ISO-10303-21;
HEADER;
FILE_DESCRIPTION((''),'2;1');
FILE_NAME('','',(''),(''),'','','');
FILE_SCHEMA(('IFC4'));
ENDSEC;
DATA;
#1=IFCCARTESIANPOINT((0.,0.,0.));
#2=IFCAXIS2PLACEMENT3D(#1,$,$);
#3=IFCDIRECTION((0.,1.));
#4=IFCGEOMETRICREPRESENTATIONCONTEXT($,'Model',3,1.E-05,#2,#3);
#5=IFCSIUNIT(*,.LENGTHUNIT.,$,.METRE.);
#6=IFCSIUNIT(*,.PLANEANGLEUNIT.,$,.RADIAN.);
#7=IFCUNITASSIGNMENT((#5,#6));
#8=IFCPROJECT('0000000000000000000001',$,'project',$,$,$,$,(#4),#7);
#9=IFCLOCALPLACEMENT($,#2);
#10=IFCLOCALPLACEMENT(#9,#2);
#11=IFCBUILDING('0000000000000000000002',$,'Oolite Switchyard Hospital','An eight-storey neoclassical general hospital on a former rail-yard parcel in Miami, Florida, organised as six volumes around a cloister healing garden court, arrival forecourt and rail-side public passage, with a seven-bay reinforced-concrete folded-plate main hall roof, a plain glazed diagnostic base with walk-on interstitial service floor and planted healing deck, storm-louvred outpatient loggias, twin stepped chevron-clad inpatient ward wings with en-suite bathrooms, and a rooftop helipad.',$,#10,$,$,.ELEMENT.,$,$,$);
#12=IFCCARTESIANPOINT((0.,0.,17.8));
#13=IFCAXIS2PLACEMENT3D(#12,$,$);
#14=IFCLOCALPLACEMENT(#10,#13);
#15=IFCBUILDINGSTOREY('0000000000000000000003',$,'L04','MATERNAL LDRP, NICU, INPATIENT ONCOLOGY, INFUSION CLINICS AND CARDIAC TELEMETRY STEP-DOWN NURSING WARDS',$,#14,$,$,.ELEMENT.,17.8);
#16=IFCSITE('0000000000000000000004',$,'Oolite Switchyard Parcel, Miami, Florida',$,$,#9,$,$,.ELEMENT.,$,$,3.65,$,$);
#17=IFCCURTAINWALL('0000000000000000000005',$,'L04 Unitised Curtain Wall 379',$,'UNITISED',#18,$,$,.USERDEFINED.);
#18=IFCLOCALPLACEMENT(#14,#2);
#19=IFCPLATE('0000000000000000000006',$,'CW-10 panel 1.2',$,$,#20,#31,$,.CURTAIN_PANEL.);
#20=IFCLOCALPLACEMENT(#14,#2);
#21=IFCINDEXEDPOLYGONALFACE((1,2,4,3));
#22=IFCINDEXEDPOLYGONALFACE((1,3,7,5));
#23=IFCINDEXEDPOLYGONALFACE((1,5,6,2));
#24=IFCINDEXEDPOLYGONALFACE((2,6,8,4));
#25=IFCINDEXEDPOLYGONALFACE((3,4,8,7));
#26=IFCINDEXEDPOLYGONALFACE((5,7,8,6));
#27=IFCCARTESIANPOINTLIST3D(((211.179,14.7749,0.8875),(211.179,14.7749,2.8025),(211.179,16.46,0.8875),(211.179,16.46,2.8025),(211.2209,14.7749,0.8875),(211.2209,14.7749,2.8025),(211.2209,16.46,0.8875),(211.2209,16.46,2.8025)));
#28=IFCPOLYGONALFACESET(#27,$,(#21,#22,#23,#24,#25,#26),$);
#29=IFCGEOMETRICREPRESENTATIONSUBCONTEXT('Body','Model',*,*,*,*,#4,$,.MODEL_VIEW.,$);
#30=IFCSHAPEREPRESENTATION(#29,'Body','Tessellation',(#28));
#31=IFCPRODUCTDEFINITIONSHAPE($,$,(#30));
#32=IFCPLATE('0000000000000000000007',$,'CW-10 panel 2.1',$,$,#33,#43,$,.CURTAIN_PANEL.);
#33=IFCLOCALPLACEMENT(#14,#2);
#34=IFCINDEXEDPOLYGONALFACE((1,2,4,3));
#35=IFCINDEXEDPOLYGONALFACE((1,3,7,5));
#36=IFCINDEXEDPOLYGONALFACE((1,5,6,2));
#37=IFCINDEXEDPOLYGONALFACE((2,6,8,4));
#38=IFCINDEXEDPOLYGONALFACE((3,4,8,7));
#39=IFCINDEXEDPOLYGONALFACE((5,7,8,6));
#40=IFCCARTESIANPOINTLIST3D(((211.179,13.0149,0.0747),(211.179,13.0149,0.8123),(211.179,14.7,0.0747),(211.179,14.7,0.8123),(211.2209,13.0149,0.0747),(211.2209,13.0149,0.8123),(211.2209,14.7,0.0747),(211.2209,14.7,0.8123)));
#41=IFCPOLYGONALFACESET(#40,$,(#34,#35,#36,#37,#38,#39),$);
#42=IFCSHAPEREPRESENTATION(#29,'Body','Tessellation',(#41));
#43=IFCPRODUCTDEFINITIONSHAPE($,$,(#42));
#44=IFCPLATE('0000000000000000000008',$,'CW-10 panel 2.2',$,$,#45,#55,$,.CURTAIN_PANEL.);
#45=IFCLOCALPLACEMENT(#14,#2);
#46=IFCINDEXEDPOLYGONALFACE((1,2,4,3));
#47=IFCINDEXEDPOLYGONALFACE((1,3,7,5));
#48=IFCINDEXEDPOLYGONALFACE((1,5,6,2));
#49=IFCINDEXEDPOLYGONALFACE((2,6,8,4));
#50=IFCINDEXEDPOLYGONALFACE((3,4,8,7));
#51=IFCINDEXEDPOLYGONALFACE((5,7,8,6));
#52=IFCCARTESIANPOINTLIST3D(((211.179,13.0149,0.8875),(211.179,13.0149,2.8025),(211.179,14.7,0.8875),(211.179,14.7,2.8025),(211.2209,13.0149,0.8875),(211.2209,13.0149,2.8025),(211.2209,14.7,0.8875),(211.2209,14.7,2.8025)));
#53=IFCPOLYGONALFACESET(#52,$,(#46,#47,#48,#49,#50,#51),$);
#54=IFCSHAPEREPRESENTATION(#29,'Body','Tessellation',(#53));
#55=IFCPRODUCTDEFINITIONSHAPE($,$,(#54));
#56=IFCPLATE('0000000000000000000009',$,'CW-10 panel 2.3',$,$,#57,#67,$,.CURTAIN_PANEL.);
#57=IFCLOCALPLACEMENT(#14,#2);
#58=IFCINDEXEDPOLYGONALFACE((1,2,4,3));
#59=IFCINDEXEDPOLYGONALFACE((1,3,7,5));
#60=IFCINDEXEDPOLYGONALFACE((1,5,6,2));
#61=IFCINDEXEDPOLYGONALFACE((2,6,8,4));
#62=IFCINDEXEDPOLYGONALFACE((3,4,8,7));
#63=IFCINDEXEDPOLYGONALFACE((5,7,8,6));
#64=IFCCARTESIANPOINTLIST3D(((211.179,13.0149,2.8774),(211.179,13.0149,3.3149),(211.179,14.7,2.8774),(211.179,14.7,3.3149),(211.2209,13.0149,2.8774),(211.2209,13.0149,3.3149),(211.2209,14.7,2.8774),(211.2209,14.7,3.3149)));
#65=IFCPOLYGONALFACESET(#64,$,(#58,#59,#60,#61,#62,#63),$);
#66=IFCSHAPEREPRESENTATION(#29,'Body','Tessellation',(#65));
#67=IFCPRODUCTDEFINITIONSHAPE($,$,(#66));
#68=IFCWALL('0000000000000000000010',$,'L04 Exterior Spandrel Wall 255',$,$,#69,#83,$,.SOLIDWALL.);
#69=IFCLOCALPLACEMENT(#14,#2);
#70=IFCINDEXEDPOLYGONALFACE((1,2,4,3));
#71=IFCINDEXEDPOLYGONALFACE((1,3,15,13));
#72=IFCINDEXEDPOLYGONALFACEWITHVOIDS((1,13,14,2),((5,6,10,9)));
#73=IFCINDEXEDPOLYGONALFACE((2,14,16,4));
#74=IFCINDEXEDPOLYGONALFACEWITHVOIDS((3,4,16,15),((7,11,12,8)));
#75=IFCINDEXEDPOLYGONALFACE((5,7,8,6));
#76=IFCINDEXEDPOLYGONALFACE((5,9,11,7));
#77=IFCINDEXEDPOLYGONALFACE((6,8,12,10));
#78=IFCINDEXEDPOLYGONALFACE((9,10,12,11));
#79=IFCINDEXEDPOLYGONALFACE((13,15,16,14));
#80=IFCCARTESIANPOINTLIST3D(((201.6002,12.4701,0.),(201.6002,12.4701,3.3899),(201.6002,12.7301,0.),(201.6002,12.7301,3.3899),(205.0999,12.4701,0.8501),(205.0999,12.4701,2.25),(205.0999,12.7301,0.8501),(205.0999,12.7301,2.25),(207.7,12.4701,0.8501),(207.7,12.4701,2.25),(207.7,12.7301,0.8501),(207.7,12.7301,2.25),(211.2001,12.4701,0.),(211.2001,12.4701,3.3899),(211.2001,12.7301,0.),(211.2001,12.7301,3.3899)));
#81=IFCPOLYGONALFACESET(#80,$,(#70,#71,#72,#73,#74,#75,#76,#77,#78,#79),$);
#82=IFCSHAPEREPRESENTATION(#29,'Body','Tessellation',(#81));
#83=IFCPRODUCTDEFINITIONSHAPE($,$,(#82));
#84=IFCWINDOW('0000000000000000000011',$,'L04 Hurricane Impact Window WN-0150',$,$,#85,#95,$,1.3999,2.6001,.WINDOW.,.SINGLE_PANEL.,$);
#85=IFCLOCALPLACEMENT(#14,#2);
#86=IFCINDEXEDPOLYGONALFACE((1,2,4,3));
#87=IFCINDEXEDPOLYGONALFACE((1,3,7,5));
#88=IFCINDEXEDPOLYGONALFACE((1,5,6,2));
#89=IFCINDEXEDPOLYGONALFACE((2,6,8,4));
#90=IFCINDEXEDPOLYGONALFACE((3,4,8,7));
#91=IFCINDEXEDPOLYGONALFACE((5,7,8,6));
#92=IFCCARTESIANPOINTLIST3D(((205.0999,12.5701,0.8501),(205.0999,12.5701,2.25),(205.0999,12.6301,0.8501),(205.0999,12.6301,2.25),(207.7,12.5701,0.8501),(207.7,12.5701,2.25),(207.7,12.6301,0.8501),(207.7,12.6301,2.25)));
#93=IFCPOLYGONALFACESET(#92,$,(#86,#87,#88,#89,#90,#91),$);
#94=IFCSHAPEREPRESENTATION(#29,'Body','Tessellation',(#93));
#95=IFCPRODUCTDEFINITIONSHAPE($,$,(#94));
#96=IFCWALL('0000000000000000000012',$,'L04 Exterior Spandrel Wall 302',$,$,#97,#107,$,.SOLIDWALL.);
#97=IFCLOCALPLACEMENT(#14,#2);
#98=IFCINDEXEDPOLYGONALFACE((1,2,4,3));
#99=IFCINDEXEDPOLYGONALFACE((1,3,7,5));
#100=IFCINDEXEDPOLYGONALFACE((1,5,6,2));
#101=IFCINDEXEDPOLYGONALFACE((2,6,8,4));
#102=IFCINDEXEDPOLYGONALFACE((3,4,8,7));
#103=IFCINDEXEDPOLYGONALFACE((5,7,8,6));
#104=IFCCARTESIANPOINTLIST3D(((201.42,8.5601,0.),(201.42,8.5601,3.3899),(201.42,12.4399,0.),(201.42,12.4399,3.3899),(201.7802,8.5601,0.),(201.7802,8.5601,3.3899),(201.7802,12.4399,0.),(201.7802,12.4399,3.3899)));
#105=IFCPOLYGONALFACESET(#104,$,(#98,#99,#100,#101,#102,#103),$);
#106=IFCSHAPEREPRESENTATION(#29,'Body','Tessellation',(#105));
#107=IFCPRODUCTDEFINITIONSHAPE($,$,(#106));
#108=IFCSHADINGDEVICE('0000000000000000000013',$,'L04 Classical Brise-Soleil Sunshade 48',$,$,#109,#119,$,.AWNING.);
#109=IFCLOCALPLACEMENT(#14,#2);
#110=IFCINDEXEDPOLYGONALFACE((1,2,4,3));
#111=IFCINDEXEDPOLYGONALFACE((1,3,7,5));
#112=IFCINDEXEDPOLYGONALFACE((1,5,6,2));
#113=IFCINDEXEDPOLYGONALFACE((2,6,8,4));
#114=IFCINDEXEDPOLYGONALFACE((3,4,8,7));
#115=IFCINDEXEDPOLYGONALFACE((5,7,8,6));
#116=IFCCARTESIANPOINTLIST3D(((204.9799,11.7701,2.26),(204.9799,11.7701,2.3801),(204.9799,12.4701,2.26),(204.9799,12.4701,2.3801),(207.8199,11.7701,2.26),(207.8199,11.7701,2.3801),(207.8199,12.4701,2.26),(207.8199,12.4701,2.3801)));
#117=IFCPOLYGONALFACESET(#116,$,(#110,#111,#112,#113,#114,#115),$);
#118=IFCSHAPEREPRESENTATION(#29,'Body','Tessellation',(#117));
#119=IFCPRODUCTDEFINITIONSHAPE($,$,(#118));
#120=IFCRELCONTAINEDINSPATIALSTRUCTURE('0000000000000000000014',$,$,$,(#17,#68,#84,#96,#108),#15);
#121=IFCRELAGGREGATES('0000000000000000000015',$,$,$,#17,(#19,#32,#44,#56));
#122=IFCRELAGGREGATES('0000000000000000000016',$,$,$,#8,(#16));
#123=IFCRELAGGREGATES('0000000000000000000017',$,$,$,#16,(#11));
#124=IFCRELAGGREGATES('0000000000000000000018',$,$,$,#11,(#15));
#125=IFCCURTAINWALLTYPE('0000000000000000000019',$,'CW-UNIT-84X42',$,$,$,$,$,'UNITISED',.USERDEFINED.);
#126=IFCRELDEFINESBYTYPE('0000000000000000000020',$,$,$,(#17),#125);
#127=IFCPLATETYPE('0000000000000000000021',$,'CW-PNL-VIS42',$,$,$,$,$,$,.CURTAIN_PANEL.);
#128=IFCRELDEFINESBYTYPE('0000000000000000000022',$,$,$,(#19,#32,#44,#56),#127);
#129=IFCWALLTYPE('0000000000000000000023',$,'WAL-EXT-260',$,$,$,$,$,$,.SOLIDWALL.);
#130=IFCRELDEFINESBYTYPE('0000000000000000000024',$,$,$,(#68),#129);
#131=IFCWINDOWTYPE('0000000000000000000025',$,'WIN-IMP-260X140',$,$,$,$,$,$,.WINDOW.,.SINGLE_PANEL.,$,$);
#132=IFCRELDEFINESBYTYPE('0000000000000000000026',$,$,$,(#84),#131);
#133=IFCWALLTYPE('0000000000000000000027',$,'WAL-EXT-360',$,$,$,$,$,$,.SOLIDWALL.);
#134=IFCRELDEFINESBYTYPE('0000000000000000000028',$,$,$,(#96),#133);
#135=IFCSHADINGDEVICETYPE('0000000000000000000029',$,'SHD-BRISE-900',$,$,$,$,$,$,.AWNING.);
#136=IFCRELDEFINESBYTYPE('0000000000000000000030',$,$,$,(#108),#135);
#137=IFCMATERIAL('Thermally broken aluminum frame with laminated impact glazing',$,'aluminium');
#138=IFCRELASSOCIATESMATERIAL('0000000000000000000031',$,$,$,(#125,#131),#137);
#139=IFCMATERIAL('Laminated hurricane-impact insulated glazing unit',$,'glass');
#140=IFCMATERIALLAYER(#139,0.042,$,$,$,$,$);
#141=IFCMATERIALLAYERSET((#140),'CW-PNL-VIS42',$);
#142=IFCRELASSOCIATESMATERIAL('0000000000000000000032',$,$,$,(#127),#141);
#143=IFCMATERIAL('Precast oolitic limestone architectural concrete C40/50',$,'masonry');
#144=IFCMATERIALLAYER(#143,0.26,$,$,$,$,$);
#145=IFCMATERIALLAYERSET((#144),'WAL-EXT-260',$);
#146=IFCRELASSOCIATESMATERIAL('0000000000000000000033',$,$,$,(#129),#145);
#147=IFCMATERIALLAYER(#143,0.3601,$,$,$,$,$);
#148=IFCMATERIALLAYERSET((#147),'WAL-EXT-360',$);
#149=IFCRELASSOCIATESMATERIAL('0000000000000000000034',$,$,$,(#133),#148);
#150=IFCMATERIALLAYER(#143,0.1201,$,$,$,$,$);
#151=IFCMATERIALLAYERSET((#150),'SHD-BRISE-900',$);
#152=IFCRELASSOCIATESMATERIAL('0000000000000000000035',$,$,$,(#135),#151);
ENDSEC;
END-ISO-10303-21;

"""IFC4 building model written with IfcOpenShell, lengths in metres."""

from ifc_helpers import new_model, si_unit, direction, frame, frame_2d, origin, origin_2d, place, context, subcontext, project, spatial, rectangle, extrude, material, layer, layer_set, type_object, element, fill, aggregate, save


model = new_model("IFC4")

# Units and contexts
model_context = context("Model", 3, precision=1e-05, world=origin(), true_north=direction((0.0, 1.0)))
body_context = subcontext(model_context, "Body", "Model", "MODEL_VIEW")
ifc_project = project(units=[si_unit("LENGTHUNIT", "METRE"), si_unit("PLANEANGLEUNIT", "RADIAN")], contexts=[model_context])

# Site, building, storey
site_placement = place(None, origin())
site = spatial("IfcSite", under=ifc_project, at=site_placement, Name="Oolite Switchyard Parcel, Miami, Florida", CompositionType="ELEMENT", RefElevation=3.65)
building_placement = place(site_placement, origin())
building = spatial("IfcBuilding", under=site, at=building_placement, Name="Oolite Switchyard Hospital", Description="An eight-storey neoclassical general hospital on a former rail-yard parcel in Miami, Florida, organised as six volumes around a cloister healing garden court, arrival forecourt and rail-side public passage, with a seven-bay reinforced-concrete folded-plate main hall roof, a plain glazed diagnostic base with walk-on interstitial service floor and planted healing deck, storm-louvred outpatient loggias, twin stepped chevron-clad inpatient ward wings with en-suite bathrooms, and a rooftop helipad.", CompositionType="ELEMENT")
storey_placement = place(building_placement, frame((0.0, 0.0, 17.8)))
storey = spatial("IfcBuildingStorey", under=building, at=storey_placement, Name="L04", Description="MATERNAL LDRP, NICU, INPATIENT ONCOLOGY, INFUSION CLINICS AND CARDIAC TELEMETRY STEP-DOWN NURSING WARDS", CompositionType="ELEMENT", Elevation=17.8)

# Shared definitions
ifc_material_1 = material(Name="Thermally broken aluminum frame with laminated impact glazing", Category="aluminium")
curtain_wall_type = type_object("IfcCurtainWallType", Name="CW-UNIT-84X42", ElementType="UNITISED", PredefinedType="USERDEFINED", material=ifc_material_1)

# Curtain wall
curtain_wall_1_placement = place(storey_placement, origin())
curtain_wall_1 = element("IfcCurtainWall", 1, at=curtain_wall_1_placement, inside=storey, type_object=curtain_wall_type, Name="L04 Unitised Curtain Wall 379", ObjectType="UNITISED", PredefinedType="USERDEFINED")

# Plates
ifc_material_2 = material(Name="Laminated hurricane-impact insulated glazing unit", Category="glass")
ifc_layer_1 = layer(ifc_material_2, 0.042)
ifc_layer_set_1 = layer_set([ifc_layer_1], Name="CW-PNL-VIS42")
plate_type = type_object("IfcPlateType", Name="CW-PNL-VIS42", PredefinedType="CURTAIN_PANEL", material=ifc_layer_set_1)
plate_1_placement = place(storey_placement, frame((211.2, 15.6174, 0.8875), z_axis=(0.0, 0.0, 1.0), x_axis=(0.0, -1.0, 0.0)))
plate_1 = element("IfcPlate", 2, at=plate_1_placement, type_object=plate_type, Name="CW-10 panel 1.2", PredefinedType="CURTAIN_PANEL", context=body_context, shape_type="SweptSolid", body=[
    extrude(rectangle(XDim=1.6851, YDim=0.042, at=origin_2d()), origin(), (0.0, 0.0, 1.0), 1.915),
])
plate_2_placement = place(storey_placement, frame((211.2, 13.8574, 0.0747), z_axis=(0.0, 0.0, 1.0), x_axis=(0.0, -1.0, 0.0)))
plate_2 = element("IfcPlate", 3, at=plate_2_placement, type_object=plate_type, Name="CW-10 panel 2.1", PredefinedType="CURTAIN_PANEL", context=body_context, shape_type="SweptSolid", body=[
    extrude(rectangle(XDim=1.6851, YDim=0.042, at=origin_2d()), origin(), (0.0, 0.0, 1.0), 0.7375),
])
plate_3_placement = place(storey_placement, frame((211.2, 13.8574, 0.8875), z_axis=(0.0, 0.0, 1.0), x_axis=(0.0, -1.0, 0.0)))
plate_3 = element("IfcPlate", 4, at=plate_3_placement, type_object=plate_type, Name="CW-10 panel 2.2", PredefinedType="CURTAIN_PANEL", context=body_context, shape_type="SweptSolid", body=[
    extrude(rectangle(XDim=1.6851, YDim=0.042, at=origin_2d()), origin(), (0.0, 0.0, 1.0), 1.915),
])
plate_4_placement = place(storey_placement, frame((211.2, 13.8574, 2.8774), z_axis=(0.0, 0.0, 1.0), x_axis=(0.0, -1.0, 0.0)))
plate_4 = element("IfcPlate", 5, at=plate_4_placement, type_object=plate_type, Name="CW-10 panel 2.3", PredefinedType="CURTAIN_PANEL", context=body_context, shape_type="SweptSolid", body=[
    extrude(rectangle(XDim=1.6851, YDim=0.042, at=origin_2d()), origin(), (0.0, 0.0, 1.0), 0.4375),
])
aggregate(curtain_wall_1, [plate_1, plate_2, plate_3, plate_4])

# Wall, opening, window
ifc_material_3 = material(Name="Precast oolitic limestone architectural concrete C40/50", Category="masonry")
ifc_layer_2 = layer(ifc_material_3, 0.26)
ifc_layer_set_2 = layer_set([ifc_layer_2], Name="WAL-EXT-260")
wall_type_1 = type_object("IfcWallType", Name="WAL-EXT-260", PredefinedType="SOLIDWALL", material=ifc_layer_set_2)
wall_1_placement = place(storey_placement, frame((211.2, 12.6001, 0.0), z_axis=(0.0, 0.0, 1.0), x_axis=(-1.0, 0.0, 0.0)))
wall_1 = element("IfcWall", 6, at=wall_1_placement, inside=storey, type_object=wall_type_1, Name="L04 Exterior Spandrel Wall 255", PredefinedType="SOLIDWALL", context=body_context, shape_type="SweptSolid", body=[
    extrude(rectangle(XDim=9.5999, YDim=0.26, at=frame_2d((4.7998, 0.0))), origin(), (0.0, 0.0, 1.0), 3.3899),
])
opening_placement = place(wall_1_placement, frame((3.5, 0.0, 0.8501)))
opening = element("IfcOpeningElement", 7, at=opening_placement, cuts=wall_1, PredefinedType="OPENING", context=body_context, shape_type="SweptSolid", body=[
    extrude(rectangle(XDim=2.6001, YDim=1.3999, at=frame_2d((1.3, 0.7))), frame((0.0, 0.1401, 0.0), z_axis=(0.0, -1.0, 0.0), x_axis=(1.0, 0.0, 0.0)), (0.0, 0.0, 1.0), 0.28),
])
window_type = type_object("IfcWindowType", Name="WIN-IMP-260X140", PartitioningType="SINGLE_PANEL", PredefinedType="WINDOW", material=ifc_material_1)
window_placement = place(opening_placement, origin())
window = element("IfcWindow", 8, at=window_placement, inside=storey, type_object=window_type, Name="L04 Hurricane Impact Window WN-0150", OverallHeight=1.3999, OverallWidth=2.6001, PartitioningType="SINGLE_PANEL", PredefinedType="WINDOW", context=body_context, shape_type="SweptSolid", body=[
    extrude(rectangle(XDim=2.6001, YDim=1.3999, at=frame_2d((1.3, 0.7))), frame((0.0, 0.03, 0.0), z_axis=(0.0, -1.0, 0.0), x_axis=(1.0, 0.0, 0.0)), (0.0, 0.0, 1.0), 0.0601),
])
fill(opening, window)

# Wall
ifc_layer_3 = layer(ifc_material_3, 0.3601)
ifc_layer_set_3 = layer_set([ifc_layer_3], Name="WAL-EXT-360")
wall_type_2 = type_object("IfcWallType", Name="WAL-EXT-360", PredefinedType="SOLIDWALL", material=ifc_layer_set_3)
wall_2_placement = place(storey_placement, frame((201.6001, 12.4399, 0.0), z_axis=(0.0, 0.0, 1.0), x_axis=(0.0, -1.0, 0.0)))
element("IfcWall", 9, at=wall_2_placement, inside=storey, type_object=wall_type_2, Name="L04 Exterior Spandrel Wall 302", PredefinedType="SOLIDWALL", context=body_context, shape_type="SweptSolid", body=[
    extrude(rectangle(XDim=3.8799, YDim=0.3601, at=frame_2d((1.9399, 0.0))), origin(), (0.0, 0.0, 1.0), 3.3899),
])

# Shading device
ifc_layer_4 = layer(ifc_material_3, 0.1201)
ifc_layer_set_4 = layer_set([ifc_layer_4], Name="SHD-BRISE-900")
shading_device_type = type_object("IfcShadingDeviceType", Name="SHD-BRISE-900", PredefinedType="AWNING", material=ifc_layer_set_4)
shading_device_placement = place(storey_placement, frame((206.3999, 12.1201, 2.26), z_axis=(0.0, 0.0, 1.0), x_axis=(1.0, 0.0, 0.0)))
element("IfcShadingDevice", 10, at=shading_device_placement, inside=storey, type_object=shading_device_type, Name="L04 Classical Brise-Soleil Sunshade 48", PredefinedType="AWNING", context=body_context, shape_type="SweptSolid", body=[
    extrude(rectangle(XDim=2.8401, YDim=0.7, at=origin_2d()), origin(), (0.0, 0.0, 1.0), 0.1201),
])

save(model, "model.ifc")
